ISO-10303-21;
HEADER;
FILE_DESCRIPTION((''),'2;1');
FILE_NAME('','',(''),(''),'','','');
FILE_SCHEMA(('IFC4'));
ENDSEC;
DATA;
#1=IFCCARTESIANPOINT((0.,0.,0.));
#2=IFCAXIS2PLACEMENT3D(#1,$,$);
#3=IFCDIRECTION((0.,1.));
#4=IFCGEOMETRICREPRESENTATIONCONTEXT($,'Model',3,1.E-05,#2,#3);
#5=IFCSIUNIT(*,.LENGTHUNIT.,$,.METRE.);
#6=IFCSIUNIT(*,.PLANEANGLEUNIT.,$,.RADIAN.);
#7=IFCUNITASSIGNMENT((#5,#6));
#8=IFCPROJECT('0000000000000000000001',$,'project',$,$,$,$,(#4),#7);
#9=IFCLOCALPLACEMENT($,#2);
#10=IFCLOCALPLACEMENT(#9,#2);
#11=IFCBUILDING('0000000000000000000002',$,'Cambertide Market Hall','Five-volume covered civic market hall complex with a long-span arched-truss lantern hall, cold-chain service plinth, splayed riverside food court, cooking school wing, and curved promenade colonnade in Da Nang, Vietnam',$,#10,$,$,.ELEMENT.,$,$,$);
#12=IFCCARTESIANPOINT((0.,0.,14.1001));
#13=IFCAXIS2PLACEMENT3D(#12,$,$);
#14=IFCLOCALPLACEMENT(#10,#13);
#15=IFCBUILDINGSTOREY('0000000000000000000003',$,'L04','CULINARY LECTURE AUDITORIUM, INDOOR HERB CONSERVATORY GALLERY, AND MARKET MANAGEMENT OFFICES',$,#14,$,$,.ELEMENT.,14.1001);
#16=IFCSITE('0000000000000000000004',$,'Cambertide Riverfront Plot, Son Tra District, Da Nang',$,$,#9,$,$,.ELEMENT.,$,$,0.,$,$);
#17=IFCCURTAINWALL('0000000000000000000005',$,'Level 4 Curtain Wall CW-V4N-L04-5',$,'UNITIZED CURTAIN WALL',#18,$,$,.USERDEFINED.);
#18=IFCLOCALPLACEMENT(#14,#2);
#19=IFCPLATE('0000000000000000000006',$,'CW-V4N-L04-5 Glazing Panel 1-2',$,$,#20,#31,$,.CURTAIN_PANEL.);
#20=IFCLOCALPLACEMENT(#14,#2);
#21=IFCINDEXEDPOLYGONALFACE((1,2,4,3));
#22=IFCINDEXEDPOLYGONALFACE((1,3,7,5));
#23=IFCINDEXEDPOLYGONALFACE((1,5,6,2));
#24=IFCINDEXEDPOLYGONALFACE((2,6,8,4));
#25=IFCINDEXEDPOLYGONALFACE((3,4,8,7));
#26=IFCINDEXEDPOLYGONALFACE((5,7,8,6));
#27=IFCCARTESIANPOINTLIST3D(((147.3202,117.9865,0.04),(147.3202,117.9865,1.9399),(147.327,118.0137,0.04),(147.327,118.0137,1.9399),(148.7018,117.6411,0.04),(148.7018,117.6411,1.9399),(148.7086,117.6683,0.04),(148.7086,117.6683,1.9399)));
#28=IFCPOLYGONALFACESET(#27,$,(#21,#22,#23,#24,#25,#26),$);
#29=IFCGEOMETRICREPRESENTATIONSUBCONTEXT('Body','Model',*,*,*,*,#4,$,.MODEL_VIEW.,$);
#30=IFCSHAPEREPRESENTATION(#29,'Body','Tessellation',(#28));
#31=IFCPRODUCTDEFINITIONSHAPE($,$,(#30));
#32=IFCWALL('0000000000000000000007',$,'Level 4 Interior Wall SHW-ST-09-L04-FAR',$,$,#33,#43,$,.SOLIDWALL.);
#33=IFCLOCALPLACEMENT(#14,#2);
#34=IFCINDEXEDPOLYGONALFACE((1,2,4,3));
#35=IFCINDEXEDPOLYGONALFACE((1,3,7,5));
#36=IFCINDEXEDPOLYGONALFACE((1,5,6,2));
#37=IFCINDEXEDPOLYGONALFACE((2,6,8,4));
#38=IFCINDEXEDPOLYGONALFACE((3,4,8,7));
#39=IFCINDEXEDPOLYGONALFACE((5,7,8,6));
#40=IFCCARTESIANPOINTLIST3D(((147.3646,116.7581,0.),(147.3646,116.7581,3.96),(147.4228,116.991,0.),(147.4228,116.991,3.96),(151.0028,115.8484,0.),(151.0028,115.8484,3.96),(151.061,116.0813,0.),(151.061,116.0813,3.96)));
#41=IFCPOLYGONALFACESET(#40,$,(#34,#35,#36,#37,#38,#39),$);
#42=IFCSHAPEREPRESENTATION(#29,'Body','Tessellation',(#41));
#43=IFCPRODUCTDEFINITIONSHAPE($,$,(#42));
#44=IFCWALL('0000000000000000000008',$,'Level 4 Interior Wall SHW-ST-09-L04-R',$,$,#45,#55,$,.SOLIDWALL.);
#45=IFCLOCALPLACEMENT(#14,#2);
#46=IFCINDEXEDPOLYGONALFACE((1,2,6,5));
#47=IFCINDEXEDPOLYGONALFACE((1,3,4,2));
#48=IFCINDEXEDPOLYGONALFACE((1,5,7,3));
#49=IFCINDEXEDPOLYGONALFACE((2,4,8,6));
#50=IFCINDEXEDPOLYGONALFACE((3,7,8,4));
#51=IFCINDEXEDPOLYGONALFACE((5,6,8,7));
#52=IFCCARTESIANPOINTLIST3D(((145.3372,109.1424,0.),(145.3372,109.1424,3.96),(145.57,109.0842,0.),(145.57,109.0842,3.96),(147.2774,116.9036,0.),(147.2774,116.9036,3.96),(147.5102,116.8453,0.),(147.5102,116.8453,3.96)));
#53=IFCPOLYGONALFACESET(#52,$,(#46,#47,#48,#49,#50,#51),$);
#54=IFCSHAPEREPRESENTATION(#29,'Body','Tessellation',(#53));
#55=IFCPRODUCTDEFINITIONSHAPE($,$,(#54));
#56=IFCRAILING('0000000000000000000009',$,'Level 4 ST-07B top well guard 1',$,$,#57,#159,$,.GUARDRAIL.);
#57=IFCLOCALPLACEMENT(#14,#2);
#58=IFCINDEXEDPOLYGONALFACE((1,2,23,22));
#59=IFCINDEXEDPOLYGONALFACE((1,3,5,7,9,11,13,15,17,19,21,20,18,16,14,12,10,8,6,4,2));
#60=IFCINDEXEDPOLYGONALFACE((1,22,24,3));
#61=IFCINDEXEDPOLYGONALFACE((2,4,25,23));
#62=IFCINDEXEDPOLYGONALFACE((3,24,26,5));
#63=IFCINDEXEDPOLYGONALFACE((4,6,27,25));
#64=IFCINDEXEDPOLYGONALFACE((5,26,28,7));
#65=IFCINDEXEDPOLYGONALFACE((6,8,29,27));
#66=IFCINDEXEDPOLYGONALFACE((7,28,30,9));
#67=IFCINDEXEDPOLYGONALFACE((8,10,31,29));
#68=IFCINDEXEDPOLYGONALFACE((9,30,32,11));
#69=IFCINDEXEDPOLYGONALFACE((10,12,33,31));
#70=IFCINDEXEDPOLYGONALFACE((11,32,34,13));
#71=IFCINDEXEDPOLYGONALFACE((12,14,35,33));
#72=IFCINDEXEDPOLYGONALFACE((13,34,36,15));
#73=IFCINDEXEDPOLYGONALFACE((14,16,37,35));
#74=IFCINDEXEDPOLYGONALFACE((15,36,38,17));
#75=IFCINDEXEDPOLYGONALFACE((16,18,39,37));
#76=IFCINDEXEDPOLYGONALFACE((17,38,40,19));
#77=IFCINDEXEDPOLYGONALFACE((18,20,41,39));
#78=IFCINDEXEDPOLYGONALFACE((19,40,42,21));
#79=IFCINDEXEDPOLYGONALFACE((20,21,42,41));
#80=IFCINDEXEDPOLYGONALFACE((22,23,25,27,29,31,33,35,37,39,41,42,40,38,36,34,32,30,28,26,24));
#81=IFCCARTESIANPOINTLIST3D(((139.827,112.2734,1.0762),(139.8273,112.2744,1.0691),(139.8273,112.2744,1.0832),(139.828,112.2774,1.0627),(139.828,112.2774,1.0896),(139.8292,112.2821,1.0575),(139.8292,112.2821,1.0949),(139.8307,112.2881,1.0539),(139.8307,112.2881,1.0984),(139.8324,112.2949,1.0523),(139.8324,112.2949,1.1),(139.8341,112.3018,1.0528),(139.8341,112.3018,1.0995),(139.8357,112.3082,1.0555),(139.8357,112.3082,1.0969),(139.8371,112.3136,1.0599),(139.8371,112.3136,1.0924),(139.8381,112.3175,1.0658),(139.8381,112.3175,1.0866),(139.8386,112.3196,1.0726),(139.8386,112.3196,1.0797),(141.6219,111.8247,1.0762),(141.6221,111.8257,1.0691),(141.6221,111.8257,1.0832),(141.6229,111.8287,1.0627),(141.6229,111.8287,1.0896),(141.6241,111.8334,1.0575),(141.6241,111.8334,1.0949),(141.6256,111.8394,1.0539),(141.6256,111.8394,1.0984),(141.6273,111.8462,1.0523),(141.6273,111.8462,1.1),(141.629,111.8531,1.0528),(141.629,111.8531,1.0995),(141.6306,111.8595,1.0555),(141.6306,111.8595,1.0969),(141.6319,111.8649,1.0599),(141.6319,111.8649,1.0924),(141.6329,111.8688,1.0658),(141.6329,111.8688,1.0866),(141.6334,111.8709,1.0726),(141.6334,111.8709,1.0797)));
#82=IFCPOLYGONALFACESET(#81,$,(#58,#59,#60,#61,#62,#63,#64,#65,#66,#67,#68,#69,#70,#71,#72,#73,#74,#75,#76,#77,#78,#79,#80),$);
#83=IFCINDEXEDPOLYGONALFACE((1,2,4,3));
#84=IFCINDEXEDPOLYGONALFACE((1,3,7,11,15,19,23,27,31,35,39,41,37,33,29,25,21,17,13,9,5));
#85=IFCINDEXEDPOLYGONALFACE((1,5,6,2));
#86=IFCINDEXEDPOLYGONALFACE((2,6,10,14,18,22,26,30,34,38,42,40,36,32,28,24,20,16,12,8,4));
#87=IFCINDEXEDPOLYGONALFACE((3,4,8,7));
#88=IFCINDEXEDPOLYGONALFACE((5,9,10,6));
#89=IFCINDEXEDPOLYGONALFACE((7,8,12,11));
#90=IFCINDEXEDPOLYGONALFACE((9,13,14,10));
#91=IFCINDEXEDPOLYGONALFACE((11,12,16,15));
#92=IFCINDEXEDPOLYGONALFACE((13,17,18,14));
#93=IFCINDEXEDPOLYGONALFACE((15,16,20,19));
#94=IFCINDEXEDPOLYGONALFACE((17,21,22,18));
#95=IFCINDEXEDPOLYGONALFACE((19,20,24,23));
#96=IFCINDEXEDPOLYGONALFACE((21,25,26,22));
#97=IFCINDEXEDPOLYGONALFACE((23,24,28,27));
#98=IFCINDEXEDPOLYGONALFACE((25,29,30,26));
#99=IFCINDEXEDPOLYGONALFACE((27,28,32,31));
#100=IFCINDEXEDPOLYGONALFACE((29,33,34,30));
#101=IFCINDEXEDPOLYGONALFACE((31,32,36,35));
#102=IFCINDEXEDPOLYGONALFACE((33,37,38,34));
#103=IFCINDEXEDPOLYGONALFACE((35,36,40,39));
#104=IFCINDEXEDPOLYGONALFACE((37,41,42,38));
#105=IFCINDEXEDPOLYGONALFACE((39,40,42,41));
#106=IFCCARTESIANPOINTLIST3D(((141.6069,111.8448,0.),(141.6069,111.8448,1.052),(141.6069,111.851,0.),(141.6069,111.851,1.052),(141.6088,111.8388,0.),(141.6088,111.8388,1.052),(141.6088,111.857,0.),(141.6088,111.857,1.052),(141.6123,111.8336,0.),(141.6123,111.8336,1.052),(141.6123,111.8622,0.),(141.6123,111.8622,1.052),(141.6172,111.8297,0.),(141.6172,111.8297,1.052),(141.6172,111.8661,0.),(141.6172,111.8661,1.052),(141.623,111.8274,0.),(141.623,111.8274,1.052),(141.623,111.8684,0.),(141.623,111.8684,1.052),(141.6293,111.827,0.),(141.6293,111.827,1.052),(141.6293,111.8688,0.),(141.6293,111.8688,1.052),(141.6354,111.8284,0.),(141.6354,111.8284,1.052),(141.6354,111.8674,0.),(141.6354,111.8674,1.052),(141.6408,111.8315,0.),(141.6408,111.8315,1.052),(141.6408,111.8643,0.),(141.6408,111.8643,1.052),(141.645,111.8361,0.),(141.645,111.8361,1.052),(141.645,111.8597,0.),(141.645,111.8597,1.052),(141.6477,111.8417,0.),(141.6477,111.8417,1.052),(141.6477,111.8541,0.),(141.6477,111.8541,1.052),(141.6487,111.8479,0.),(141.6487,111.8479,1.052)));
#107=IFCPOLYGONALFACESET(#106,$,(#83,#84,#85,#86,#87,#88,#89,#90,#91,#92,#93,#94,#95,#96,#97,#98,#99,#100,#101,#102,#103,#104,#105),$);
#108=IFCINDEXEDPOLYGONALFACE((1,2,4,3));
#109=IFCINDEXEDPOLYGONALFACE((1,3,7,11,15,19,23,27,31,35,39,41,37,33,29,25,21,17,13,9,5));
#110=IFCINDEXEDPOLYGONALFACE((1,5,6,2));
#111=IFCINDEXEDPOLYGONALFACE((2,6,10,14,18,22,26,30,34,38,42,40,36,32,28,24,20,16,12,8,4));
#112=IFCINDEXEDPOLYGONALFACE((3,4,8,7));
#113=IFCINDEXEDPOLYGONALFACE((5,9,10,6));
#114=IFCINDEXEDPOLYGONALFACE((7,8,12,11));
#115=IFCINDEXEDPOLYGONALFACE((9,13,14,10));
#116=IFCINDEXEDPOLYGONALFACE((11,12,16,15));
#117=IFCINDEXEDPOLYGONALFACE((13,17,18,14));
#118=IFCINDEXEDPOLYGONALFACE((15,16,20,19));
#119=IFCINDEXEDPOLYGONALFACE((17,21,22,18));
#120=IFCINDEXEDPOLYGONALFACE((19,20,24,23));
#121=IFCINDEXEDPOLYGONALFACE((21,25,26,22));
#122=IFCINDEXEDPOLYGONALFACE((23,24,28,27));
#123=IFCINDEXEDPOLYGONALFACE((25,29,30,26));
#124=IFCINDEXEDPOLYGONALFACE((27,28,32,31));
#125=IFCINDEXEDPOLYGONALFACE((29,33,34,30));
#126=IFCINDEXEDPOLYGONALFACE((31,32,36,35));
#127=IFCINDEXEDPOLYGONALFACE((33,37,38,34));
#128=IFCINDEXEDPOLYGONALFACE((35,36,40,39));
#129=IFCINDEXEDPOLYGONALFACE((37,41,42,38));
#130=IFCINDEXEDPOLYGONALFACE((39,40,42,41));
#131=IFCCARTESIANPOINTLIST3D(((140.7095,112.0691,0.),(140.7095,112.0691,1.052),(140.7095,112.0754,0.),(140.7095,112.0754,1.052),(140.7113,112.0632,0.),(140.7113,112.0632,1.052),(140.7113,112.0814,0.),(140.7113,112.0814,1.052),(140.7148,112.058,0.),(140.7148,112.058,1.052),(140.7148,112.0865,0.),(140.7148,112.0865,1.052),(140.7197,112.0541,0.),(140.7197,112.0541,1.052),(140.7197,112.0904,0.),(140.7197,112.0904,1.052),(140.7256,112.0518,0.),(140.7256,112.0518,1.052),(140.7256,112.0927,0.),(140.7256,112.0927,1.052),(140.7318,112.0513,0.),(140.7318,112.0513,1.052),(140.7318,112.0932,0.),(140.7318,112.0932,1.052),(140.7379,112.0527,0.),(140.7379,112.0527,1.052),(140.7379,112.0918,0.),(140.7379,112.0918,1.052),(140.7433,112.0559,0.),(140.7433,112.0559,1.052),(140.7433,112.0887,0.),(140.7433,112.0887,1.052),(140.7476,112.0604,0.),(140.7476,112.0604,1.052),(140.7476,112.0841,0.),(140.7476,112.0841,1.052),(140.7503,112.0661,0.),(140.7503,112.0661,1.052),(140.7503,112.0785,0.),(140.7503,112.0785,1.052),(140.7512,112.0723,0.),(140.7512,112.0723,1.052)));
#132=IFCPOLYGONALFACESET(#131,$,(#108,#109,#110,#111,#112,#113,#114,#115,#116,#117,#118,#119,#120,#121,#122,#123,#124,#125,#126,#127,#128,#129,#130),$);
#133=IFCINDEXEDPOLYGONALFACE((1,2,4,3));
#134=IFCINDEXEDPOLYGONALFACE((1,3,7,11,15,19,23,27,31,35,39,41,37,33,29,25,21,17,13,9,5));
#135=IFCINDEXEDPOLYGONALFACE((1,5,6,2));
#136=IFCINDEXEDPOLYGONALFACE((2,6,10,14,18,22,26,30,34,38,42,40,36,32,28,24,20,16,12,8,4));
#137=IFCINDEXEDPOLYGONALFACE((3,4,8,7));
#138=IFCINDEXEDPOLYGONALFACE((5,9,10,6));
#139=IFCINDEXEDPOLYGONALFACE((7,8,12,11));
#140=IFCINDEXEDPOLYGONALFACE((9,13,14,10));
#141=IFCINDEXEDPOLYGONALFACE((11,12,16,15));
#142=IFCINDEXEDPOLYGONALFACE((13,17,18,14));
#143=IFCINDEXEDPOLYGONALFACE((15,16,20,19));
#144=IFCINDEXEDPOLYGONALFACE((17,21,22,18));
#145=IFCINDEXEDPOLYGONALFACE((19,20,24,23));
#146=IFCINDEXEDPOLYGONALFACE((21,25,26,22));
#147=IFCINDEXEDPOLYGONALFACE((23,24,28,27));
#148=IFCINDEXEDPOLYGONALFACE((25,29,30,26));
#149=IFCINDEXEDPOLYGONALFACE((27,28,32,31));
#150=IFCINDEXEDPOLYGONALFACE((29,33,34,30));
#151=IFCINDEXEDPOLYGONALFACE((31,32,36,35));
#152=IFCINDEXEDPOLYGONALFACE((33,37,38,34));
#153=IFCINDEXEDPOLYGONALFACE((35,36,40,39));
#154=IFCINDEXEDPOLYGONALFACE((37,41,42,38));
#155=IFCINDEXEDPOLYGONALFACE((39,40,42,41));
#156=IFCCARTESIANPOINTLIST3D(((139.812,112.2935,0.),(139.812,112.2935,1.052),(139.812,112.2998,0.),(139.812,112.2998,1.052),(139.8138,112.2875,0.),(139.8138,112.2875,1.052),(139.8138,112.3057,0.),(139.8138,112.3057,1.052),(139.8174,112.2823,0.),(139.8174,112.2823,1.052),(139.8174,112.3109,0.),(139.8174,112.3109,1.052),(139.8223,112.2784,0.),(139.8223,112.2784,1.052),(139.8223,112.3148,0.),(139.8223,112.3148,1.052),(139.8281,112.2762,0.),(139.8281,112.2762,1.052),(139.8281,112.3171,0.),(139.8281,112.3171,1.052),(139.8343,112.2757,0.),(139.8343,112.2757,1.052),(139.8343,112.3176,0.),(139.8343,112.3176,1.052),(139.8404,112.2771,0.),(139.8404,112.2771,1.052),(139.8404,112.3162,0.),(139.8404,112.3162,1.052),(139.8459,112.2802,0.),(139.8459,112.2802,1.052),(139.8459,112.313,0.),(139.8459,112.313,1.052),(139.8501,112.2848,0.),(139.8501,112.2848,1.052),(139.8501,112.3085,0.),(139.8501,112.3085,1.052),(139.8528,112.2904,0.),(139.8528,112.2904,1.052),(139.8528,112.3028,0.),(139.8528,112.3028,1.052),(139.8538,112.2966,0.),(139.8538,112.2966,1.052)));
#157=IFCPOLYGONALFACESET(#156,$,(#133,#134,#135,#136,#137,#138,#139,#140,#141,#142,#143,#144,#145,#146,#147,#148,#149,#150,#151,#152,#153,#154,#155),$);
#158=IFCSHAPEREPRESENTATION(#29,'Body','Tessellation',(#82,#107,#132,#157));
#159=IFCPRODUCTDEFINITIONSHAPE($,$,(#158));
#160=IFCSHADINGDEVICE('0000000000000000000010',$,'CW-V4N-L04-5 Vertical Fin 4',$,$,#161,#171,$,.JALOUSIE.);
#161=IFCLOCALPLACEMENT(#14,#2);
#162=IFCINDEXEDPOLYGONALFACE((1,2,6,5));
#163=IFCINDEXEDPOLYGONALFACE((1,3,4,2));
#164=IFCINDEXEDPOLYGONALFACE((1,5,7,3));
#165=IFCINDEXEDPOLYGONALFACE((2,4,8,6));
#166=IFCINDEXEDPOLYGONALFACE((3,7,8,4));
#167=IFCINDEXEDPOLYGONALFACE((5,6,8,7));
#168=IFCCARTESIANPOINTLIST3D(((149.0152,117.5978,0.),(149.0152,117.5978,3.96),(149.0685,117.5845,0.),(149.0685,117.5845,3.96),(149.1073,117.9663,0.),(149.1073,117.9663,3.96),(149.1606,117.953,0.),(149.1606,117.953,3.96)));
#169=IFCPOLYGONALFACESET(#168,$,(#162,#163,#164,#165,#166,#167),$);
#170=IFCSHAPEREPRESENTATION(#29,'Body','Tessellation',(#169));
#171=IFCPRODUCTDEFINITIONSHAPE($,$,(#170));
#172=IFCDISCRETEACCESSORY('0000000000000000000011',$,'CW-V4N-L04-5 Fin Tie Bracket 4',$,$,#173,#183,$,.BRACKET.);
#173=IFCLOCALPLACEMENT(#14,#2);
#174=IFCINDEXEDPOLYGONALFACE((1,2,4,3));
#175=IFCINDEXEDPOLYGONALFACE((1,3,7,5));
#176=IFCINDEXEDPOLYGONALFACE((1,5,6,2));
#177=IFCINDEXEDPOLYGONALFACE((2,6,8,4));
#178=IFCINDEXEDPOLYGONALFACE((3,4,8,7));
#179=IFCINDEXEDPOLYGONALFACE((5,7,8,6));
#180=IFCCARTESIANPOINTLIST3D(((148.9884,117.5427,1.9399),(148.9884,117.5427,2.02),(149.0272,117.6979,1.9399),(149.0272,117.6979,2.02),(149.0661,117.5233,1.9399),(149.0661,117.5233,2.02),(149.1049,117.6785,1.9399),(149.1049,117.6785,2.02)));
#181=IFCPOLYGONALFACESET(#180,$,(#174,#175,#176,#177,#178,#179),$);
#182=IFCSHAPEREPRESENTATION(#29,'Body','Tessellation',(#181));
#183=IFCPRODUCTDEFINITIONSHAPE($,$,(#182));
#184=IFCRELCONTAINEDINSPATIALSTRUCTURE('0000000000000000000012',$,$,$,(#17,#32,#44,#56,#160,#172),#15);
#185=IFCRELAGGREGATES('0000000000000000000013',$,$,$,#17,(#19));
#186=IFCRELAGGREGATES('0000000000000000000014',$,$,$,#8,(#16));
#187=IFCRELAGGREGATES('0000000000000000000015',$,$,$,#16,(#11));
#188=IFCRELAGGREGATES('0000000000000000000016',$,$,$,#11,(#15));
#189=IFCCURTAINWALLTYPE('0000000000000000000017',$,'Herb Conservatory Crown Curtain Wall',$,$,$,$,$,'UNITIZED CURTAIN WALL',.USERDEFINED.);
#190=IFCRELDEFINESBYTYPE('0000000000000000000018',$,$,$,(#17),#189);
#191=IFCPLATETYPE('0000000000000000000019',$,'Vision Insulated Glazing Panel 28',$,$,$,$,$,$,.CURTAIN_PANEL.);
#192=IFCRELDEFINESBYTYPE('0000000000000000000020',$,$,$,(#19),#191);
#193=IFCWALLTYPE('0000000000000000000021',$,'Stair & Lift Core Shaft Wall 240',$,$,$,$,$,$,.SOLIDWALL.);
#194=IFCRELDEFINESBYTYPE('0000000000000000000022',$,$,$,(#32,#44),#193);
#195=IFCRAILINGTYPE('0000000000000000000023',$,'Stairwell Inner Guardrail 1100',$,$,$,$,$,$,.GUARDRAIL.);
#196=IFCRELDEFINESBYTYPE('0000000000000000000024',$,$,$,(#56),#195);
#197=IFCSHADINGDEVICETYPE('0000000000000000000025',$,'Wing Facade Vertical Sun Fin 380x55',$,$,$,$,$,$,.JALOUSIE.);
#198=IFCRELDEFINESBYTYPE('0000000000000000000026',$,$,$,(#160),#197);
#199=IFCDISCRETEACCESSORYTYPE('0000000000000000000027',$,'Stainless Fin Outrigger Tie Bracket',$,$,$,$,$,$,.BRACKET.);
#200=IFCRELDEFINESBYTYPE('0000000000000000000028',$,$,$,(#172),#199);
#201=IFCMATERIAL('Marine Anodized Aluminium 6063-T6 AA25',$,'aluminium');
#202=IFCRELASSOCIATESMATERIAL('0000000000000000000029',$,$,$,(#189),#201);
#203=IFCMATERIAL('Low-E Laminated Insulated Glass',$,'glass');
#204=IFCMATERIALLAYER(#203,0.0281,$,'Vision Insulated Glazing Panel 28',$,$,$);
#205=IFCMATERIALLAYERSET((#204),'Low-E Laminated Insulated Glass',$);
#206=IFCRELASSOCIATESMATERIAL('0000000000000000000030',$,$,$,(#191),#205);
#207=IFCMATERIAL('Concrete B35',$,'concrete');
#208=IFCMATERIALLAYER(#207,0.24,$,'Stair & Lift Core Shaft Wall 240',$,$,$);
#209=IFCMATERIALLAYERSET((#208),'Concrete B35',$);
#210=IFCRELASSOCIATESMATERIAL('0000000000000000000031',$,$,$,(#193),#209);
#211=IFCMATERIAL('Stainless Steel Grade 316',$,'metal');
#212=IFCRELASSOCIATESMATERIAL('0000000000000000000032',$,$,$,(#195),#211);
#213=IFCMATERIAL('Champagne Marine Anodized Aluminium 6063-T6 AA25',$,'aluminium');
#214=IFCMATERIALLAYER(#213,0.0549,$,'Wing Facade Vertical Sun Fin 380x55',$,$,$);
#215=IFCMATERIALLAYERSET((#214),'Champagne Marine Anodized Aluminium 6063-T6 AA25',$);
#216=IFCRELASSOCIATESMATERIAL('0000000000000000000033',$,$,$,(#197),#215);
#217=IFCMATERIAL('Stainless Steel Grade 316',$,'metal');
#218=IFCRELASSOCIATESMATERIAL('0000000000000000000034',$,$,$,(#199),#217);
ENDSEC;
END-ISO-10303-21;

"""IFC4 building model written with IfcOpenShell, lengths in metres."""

from ifc_helpers import new_model, si_unit, direction, frame, frame_2d, origin, origin_2d, place, context, subcontext, project, spatial, rectangle, circle, extrude, material, layer, layer_set, type_object, element, aggregate, save


model = new_model("IFC4")

# Units and contexts
model_context = context("Model", 3, precision=1e-05, world=origin(), true_north=direction((0.0, 1.0)))
body_context = subcontext(model_context, "Body", "Model", "MODEL_VIEW")
ifc_project = project(units=[si_unit("LENGTHUNIT", "METRE"), si_unit("PLANEANGLEUNIT", "RADIAN")], contexts=[model_context])

# Site, building, storey
site_placement = place(None, origin())
site = spatial("IfcSite", under=ifc_project, at=site_placement, Name="Cambertide Riverfront Plot, Son Tra District, Da Nang", CompositionType="ELEMENT", RefElevation=0.0)
building_placement = place(site_placement, origin())
building = spatial("IfcBuilding", under=site, at=building_placement, Name="Cambertide Market Hall", Description="Five-volume covered civic market hall complex with a long-span arched-truss lantern hall, cold-chain service plinth, splayed riverside food court, cooking school wing, and curved promenade colonnade in Da Nang, Vietnam", CompositionType="ELEMENT")
storey_placement = place(building_placement, frame((0.0, 0.0, 14.1001)))
storey = spatial("IfcBuildingStorey", under=building, at=storey_placement, Name="L04", Description="CULINARY LECTURE AUDITORIUM, INDOOR HERB CONSERVATORY GALLERY, AND MARKET MANAGEMENT OFFICES", CompositionType="ELEMENT", Elevation=14.1001)

# Curtain wall
ifc_material_1 = material(Name="Marine Anodized Aluminium 6063-T6 AA25", Category="aluminium")
curtain_wall_type = type_object("IfcCurtainWallType", Name="Herb Conservatory Crown Curtain Wall", ElementType="UNITIZED CURTAIN WALL", PredefinedType="USERDEFINED", material=ifc_material_1)
curtain_wall_placement = place(storey_placement, origin())
curtain_wall = element("IfcCurtainWall", 1, at=curtain_wall_placement, inside=storey, type_object=curtain_wall_type, Name="Level 4 Curtain Wall CW-V4N-L04-5", ObjectType="UNITIZED CURTAIN WALL", PredefinedType="USERDEFINED")

# Plate
ifc_material_2 = material(Name="Low-E Laminated Insulated Glass", Category="glass")
ifc_layer_1 = layer(ifc_material_2, 0.0281, Name="Vision Insulated Glazing Panel 28")
ifc_layer_set_1 = layer_set([ifc_layer_1], Name="Low-E Laminated Insulated Glass")
plate_type = type_object("IfcPlateType", Name="Vision Insulated Glazing Panel 28", PredefinedType="CURTAIN_PANEL", material=ifc_layer_set_1)
plate_placement = place(storey_placement, frame((148.0144, 117.8274, 0.04), z_axis=(0.0, 0.0, 1.0), x_axis=(0.970143, -0.242536, 0.0)))
plate = element("IfcPlate", 2, at=plate_placement, type_object=plate_type, Name="CW-V4N-L04-5 Glazing Panel 1-2", PredefinedType="CURTAIN_PANEL", context=body_context, shape_type="SweptSolid", body=[
    extrude(rectangle(XDim=1.4241, YDim=0.0281, at=origin_2d()), origin(), (0.0, 0.0, 1.0), 1.8999),
])
aggregate(curtain_wall, [plate])

# Shared definitions
ifc_material_3 = material(Name="Concrete B35", Category="concrete")
ifc_layer_2 = layer(ifc_material_3, 0.24, Name="Stair & Lift Core Shaft Wall 240")
ifc_layer_set_2 = layer_set([ifc_layer_2], Name="Concrete B35")
wall_type = type_object("IfcWallType", Name="Stair & Lift Core Shaft Wall 240", PredefinedType="SOLIDWALL", material=ifc_layer_set_2)

# Walls
wall_1_placement = place(storey_placement, frame((147.3938, 116.8745, 0.0), z_axis=(0.0, 0.0, 1.0), x_axis=(0.970135, -0.242566, 0.0)))
element("IfcWall", 3, at=wall_1_placement, inside=storey, type_object=wall_type, Name="Level 4 Interior Wall SHW-ST-09-L04-FAR", PredefinedType="SOLIDWALL", context=body_context, shape_type="SweptSolid", body=[
    extrude(rectangle(XDim=3.7502, YDim=0.24, at=frame_2d((1.875, 0.0))), origin(), (0.0, 0.0, 1.0), 3.96),
])
wall_2_placement = place(storey_placement, frame((145.4536, 109.1133, 0.0), z_axis=(0.0, 0.0, 1.0), x_axis=(0.242521, 0.970146, 0.0)))
element("IfcWall", 4, at=wall_2_placement, inside=storey, type_object=wall_type, Name="Level 4 Interior Wall SHW-ST-09-L04-R", PredefinedType="SOLIDWALL", context=body_context, shape_type="SweptSolid", body=[
    extrude(rectangle(XDim=8.0, YDim=0.24, at=frame_2d((4.0, 0.0))), origin(), (0.0, 0.0, 1.0), 3.96),
])

# Railing
ifc_material_4 = material(Name="Stainless Steel Grade 316", Category="metal")
railing_type = type_object("IfcRailingType", Name="Stairwell Inner Guardrail 1100", PredefinedType="GUARDRAIL", material=ifc_material_4)
railing_placement = place(storey_placement, frame((141.6277, 111.8479, 0.0)))
element("IfcRailing", 5, at=railing_placement, inside=storey, type_object=railing_type, Name="Level 4 ST-07B top well guard 1", PredefinedType="GUARDRAIL", context=body_context, shape_type="SweptSolid", body=[
    extrude(circle(Radius=0.0239, at=origin_2d()), frame((0.0, 0.0, 1.0762), z_axis=(-0.970143, 0.242536, 0.0), x_axis=(-0.242536, -0.970143, 0.0)), (0.0, 0.0, 1.0), 1.8501),
    extrude(circle(Radius=0.021, at=origin_2d()), origin(), (0.0, 0.0, 1.0), 1.052),
    extrude(circle(Radius=0.021, at=origin_2d()), frame((-0.8975, 0.2244, 0.0)), (0.0, 0.0, 1.0), 1.052),
    extrude(circle(Radius=0.021, at=origin_2d()), frame((-1.7949, 0.4487, 0.0)), (0.0, 0.0, 1.0), 1.052),
])

# Shading device
ifc_material_5 = material(Name="Champagne Marine Anodized Aluminium 6063-T6 AA25", Category="aluminium")
ifc_layer_3 = layer(ifc_material_5, 0.0549, Name="Wing Facade Vertical Sun Fin 380x55")
ifc_layer_set_3 = layer_set([ifc_layer_3], Name="Champagne Marine Anodized Aluminium 6063-T6 AA25")
shading_device_type = type_object("IfcShadingDeviceType", Name="Wing Facade Vertical Sun Fin 380x55", PredefinedType="JALOUSIE", material=ifc_layer_set_3)
shading_device_placement = place(storey_placement, frame((149.0879, 117.7754, 0.0), z_axis=(0.0, 0.0, 1.0), x_axis=(0.970143, -0.242536, 0.0)))
element("IfcShadingDevice", 6, at=shading_device_placement, inside=storey, type_object=shading_device_type, Name="CW-V4N-L04-5 Vertical Fin 4", PredefinedType="JALOUSIE", context=body_context, shape_type="SweptSolid", body=[
    extrude(rectangle(XDim=0.0549, YDim=0.3799, at=origin_2d()), origin(), (0.0, 0.0, 1.0), 3.96),
])

# Discrete accessory
ifc_material_6 = material(Name="Stainless Steel Grade 316", Category="metal")
discrete_accessory_type = type_object("IfcDiscreteAccessoryType", Name="Stainless Fin Outrigger Tie Bracket", PredefinedType="BRACKET", material=ifc_material_6)
discrete_accessory_placement = place(storey_placement, frame((149.0466, 117.6106, 1.9399), z_axis=(0.0, 0.0, 1.0), x_axis=(0.970143, -0.242536, 0.0)))
element("IfcDiscreteAccessory", 7, at=discrete_accessory_placement, inside=storey, type_object=discrete_accessory_type, Name="CW-V4N-L04-5 Fin Tie Bracket 4", PredefinedType="BRACKET", context=body_context, shape_type="SweptSolid", body=[
    extrude(rectangle(XDim=0.0801, YDim=0.1599, at=origin_2d()), origin(), (0.0, 0.0, 1.0), 0.0801),
])

save(model, "model.ifc")
